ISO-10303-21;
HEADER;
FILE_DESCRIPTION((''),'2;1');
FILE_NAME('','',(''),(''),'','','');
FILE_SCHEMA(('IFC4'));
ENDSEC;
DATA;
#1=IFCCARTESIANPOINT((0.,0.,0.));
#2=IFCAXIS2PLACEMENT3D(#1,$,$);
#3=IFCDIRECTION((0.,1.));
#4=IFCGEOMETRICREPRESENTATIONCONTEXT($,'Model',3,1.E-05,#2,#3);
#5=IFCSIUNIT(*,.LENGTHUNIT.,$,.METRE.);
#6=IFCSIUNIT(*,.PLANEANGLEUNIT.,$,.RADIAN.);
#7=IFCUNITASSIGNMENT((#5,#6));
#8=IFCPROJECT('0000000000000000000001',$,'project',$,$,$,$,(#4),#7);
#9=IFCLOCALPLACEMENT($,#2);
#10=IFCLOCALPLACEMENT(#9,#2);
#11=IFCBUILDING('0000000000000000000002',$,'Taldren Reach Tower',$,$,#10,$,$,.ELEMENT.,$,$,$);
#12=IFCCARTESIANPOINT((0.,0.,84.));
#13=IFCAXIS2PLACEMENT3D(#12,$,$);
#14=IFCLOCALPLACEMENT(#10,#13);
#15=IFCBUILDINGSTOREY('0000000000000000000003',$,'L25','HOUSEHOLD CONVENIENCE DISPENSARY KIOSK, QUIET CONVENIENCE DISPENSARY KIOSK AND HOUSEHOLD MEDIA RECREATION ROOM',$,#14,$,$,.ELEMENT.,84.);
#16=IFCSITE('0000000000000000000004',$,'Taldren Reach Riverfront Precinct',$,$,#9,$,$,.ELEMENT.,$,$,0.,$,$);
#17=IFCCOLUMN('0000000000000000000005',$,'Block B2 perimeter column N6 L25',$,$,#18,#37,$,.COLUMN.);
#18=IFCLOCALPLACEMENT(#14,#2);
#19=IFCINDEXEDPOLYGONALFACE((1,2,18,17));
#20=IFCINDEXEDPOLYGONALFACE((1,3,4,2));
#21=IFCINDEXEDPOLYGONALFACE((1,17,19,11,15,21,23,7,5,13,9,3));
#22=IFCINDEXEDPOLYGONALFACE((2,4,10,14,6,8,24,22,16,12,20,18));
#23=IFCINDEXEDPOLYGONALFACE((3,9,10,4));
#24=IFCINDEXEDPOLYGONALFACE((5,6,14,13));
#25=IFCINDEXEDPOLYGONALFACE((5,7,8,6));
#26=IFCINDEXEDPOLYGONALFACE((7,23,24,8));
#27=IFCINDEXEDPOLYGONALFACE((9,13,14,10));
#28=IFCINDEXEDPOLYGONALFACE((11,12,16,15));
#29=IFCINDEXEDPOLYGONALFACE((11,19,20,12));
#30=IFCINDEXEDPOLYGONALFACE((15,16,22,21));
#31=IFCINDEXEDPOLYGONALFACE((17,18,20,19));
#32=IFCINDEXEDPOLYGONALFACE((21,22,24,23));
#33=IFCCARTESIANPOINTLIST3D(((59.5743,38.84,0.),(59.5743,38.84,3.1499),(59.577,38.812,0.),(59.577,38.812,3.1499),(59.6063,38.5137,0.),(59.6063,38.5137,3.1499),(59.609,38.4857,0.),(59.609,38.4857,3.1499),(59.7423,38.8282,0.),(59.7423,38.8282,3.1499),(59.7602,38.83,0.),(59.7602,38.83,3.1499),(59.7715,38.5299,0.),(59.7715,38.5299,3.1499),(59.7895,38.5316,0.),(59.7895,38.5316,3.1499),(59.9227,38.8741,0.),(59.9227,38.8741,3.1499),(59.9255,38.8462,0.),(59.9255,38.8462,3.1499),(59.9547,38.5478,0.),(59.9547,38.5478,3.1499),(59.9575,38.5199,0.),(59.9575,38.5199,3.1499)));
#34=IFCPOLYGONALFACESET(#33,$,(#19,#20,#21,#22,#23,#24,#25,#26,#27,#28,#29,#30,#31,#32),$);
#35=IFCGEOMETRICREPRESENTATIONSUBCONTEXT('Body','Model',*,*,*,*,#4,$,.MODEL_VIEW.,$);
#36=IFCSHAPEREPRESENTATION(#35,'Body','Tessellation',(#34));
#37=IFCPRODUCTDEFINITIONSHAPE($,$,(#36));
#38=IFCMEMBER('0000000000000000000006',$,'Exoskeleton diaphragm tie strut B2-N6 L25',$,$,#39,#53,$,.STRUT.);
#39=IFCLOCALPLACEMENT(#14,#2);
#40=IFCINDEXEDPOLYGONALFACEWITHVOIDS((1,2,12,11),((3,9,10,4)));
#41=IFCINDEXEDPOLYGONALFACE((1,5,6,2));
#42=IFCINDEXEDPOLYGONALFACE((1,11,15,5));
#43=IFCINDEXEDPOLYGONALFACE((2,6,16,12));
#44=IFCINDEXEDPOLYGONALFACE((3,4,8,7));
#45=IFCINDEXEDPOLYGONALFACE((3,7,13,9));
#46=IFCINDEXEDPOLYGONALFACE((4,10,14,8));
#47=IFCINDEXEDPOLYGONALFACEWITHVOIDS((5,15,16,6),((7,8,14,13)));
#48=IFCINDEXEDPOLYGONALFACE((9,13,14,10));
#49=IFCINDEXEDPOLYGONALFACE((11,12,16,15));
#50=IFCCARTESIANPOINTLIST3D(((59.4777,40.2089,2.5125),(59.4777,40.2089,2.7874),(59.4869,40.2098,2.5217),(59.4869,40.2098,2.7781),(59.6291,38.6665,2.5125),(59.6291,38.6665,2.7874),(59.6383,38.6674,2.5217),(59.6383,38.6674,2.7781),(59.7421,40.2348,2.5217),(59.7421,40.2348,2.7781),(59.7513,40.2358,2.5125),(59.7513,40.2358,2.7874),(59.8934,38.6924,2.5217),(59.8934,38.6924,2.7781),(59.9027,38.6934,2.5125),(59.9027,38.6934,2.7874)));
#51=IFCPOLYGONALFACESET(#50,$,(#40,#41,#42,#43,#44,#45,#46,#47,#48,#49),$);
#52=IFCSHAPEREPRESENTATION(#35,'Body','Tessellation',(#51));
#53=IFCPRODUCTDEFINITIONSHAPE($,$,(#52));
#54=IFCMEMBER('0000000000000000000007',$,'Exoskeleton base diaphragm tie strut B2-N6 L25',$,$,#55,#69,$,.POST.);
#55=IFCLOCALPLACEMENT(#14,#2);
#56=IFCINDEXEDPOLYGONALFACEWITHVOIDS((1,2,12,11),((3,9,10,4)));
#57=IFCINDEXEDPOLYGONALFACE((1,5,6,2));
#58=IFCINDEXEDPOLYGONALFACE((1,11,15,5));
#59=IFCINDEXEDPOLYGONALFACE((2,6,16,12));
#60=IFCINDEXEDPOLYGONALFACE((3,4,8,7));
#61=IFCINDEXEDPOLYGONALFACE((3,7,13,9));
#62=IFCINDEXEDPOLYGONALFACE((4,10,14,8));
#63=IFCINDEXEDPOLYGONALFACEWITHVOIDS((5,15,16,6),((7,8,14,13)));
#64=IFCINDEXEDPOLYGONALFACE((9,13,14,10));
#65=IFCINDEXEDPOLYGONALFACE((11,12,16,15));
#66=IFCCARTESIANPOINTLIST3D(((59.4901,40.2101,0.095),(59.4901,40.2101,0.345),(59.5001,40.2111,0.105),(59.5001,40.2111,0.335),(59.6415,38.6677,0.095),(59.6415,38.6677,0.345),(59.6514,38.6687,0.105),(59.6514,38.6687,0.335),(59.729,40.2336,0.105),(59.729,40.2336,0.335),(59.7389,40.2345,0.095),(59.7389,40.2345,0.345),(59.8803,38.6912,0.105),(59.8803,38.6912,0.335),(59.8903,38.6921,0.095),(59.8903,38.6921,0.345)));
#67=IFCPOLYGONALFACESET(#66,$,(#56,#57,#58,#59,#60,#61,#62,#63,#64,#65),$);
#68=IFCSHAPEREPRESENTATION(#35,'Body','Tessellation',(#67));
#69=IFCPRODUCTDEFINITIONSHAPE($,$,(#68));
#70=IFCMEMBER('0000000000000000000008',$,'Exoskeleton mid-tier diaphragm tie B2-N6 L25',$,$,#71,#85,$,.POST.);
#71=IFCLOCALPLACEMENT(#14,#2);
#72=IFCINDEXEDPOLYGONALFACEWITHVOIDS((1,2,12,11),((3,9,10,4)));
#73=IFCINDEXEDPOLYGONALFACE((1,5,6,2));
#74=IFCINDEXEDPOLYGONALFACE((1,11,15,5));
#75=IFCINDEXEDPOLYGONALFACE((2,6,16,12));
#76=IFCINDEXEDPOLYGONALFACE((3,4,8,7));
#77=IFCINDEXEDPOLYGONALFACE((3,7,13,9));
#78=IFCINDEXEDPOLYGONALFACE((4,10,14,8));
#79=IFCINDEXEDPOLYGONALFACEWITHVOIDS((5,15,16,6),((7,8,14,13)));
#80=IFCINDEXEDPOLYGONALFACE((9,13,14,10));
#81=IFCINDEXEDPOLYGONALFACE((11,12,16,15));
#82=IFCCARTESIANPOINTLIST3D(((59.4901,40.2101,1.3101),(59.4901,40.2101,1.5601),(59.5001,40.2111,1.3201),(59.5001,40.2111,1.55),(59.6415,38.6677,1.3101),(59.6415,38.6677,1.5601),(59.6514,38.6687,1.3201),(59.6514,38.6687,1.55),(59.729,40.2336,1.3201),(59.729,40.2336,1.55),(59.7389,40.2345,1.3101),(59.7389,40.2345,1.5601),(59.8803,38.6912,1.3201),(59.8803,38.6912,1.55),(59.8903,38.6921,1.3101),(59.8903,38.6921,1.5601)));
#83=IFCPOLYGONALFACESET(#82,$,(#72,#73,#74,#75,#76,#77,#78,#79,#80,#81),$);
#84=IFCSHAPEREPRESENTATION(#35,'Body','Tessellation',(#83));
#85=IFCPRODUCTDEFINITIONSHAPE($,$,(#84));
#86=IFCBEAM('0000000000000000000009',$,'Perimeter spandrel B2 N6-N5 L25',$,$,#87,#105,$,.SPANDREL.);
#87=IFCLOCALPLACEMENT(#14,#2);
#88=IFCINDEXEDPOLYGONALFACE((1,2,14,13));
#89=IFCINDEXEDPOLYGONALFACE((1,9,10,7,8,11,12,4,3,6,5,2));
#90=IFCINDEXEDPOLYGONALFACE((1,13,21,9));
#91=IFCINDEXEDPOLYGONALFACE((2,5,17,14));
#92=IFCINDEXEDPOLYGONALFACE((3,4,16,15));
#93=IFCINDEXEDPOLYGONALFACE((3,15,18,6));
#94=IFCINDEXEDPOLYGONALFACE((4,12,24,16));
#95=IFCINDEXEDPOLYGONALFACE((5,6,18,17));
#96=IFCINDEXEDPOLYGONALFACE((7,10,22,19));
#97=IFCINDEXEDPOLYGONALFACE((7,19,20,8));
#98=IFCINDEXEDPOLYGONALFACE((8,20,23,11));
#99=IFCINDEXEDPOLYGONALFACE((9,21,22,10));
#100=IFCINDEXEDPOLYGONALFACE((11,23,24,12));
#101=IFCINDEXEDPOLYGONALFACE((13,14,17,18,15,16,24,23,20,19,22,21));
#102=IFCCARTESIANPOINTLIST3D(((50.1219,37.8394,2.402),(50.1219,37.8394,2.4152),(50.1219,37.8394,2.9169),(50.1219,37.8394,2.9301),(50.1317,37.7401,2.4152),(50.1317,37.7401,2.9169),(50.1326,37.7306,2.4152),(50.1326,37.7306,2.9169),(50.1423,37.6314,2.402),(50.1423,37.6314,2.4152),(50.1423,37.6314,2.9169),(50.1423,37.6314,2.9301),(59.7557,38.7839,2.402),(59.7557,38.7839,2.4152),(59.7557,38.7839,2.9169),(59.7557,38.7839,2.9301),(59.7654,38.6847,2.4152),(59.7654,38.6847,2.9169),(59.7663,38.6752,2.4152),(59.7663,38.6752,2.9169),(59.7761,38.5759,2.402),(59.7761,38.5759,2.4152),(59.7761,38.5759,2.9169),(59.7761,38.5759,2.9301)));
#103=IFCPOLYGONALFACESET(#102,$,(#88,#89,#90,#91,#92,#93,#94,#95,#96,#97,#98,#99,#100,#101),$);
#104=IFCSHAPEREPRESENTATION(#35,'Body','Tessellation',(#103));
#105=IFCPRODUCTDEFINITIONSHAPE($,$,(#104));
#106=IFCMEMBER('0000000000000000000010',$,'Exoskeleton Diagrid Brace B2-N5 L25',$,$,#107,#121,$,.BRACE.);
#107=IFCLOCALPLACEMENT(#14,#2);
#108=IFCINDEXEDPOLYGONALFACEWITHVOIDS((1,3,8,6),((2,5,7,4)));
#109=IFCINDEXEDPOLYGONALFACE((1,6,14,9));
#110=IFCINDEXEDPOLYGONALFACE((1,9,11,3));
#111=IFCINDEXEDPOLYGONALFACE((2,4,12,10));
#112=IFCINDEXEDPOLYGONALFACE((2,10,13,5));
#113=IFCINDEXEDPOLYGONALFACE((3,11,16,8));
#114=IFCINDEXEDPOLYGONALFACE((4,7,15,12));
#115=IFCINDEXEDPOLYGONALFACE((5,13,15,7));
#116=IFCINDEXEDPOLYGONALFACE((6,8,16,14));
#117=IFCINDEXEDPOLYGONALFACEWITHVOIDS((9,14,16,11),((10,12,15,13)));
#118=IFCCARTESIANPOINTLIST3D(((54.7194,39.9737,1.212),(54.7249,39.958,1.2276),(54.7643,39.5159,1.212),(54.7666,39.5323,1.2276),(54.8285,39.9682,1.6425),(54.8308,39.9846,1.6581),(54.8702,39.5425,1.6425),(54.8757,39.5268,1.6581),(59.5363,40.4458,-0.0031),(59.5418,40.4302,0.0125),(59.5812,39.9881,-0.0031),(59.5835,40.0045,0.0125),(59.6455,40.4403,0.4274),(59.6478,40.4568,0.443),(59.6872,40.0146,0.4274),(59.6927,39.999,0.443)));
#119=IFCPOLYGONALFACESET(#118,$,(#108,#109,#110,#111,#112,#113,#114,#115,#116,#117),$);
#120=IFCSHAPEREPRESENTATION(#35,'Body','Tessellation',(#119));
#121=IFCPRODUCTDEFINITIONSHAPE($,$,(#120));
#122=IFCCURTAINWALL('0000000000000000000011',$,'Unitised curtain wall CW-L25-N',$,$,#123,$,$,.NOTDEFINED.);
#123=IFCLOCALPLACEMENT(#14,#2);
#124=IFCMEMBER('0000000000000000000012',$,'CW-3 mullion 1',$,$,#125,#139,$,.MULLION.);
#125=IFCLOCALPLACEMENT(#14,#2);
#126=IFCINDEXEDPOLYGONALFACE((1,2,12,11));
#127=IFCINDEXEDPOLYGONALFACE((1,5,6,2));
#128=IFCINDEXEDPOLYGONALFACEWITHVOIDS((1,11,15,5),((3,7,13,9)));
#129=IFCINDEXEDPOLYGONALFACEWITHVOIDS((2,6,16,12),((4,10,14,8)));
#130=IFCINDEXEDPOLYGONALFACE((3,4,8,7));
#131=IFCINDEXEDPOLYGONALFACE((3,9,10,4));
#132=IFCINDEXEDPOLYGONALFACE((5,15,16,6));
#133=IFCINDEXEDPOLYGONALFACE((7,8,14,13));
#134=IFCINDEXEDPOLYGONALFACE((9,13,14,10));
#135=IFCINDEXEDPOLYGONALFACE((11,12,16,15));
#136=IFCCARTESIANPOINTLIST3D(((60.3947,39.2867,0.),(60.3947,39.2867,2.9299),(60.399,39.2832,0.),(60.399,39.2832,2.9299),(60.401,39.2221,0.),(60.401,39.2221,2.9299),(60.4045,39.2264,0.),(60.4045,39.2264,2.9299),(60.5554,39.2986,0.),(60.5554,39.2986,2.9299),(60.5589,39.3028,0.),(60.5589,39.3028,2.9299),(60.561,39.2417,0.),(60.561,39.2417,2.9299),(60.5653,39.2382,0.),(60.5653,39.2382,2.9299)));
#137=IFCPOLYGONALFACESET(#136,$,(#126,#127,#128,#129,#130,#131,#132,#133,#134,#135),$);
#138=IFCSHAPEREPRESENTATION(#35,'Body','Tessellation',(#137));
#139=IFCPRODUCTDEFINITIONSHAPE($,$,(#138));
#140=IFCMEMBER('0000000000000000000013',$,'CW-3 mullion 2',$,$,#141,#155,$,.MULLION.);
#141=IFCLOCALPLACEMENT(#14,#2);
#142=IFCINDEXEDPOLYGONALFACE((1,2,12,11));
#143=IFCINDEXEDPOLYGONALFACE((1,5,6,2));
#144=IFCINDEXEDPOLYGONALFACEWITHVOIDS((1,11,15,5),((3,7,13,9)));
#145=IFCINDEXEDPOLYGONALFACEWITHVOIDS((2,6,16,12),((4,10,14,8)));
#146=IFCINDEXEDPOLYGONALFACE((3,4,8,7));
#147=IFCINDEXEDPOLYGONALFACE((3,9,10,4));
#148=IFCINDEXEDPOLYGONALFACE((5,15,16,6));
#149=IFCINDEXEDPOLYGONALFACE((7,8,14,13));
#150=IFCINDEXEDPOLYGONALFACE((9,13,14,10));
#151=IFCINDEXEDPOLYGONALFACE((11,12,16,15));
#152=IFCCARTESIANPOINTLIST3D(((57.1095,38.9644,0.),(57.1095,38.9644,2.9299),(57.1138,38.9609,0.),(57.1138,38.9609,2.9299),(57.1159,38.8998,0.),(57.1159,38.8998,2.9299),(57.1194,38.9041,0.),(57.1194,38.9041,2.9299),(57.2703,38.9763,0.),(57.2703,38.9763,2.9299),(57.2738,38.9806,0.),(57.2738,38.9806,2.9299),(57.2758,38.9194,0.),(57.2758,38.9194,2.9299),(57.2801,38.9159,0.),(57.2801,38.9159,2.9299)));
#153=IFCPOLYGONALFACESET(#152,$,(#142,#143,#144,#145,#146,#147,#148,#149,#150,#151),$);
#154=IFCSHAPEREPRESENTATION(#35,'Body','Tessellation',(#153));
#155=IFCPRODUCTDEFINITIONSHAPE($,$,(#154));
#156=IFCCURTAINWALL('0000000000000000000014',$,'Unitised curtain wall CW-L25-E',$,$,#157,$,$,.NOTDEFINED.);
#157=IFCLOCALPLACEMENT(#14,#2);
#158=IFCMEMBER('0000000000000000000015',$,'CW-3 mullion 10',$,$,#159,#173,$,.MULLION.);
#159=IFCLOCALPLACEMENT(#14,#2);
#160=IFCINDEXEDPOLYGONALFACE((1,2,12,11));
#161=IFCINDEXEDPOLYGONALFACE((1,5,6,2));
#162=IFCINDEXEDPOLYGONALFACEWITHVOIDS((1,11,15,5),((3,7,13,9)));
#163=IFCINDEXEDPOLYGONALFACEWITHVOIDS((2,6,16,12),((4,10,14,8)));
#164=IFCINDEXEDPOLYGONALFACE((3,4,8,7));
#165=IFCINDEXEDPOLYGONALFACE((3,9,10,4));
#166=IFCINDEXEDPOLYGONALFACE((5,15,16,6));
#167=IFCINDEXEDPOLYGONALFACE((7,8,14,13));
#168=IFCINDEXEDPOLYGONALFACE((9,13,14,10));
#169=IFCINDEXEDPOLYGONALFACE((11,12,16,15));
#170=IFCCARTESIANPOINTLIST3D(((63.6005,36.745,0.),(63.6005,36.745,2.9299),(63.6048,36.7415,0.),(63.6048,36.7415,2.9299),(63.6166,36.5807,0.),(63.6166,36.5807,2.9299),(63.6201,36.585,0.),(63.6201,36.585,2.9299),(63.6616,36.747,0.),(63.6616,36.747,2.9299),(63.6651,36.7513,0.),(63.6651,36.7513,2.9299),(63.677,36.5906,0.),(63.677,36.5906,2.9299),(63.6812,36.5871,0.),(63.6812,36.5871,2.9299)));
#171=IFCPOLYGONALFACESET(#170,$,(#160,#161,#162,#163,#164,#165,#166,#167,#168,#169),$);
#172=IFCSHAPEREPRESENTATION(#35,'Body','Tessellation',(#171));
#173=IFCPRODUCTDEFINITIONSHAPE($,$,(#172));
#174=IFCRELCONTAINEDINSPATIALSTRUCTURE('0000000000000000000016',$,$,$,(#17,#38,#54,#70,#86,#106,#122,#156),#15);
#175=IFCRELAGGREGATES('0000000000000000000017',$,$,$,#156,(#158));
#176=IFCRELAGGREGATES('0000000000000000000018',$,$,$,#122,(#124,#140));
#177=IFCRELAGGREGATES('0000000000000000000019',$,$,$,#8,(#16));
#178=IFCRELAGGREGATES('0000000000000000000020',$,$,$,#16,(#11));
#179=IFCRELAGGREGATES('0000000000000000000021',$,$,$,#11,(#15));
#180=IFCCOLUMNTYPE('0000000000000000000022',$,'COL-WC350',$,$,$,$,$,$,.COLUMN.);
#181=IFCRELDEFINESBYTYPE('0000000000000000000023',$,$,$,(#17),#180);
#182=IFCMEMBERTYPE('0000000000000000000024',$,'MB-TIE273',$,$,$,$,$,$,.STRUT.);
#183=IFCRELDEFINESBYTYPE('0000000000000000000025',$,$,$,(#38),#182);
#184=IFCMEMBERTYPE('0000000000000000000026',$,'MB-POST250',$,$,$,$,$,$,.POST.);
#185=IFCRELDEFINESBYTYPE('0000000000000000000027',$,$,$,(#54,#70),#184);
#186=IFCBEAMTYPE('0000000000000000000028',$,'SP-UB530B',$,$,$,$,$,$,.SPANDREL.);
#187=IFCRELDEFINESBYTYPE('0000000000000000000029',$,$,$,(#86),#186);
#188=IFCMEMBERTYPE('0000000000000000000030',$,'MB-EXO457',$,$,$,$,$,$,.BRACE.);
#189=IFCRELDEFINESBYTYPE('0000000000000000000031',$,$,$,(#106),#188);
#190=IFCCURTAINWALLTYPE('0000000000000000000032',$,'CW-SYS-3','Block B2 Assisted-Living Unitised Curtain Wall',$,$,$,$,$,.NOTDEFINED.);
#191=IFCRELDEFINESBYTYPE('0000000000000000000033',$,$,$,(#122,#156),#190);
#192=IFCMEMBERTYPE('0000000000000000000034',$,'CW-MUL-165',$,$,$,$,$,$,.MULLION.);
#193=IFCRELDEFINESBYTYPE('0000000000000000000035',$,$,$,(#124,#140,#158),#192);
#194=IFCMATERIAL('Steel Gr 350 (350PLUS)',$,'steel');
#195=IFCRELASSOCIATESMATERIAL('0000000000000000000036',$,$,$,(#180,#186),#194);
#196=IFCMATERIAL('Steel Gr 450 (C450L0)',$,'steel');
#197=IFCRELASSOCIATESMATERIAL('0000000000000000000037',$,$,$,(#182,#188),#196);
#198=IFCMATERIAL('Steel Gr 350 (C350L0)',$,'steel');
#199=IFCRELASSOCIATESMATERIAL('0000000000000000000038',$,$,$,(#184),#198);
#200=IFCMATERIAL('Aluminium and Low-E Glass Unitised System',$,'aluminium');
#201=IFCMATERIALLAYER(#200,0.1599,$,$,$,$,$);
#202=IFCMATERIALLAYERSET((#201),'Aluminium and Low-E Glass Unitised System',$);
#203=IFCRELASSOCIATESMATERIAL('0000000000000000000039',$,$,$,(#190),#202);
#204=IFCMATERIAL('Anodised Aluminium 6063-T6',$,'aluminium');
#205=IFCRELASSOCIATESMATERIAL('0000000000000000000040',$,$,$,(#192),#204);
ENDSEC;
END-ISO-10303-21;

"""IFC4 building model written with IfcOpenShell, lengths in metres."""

from ifc_helpers import new_model, si_unit, direction, frame, origin, origin_2d, place, context, subcontext, project, spatial, hollow_rectangle, i_section, extrude, source, transform, mapped, material, layer, layer_set, material_profile, profile_set, type_object, element, aggregate, save


model = new_model("IFC4")

# Units and contexts
model_context = context("Model", 3, precision=1e-05, world=origin(), true_north=direction((0.0, 1.0)))
body_context = subcontext(model_context, "Body", "Model", "MODEL_VIEW")
ifc_project = project(units=[si_unit("LENGTHUNIT", "METRE"), si_unit("PLANEANGLEUNIT", "RADIAN")], contexts=[model_context])

# Site, building, storey
site_placement = place(None, origin())
site = spatial("IfcSite", under=ifc_project, at=site_placement, Name="Taldren Reach Riverfront Precinct", CompositionType="ELEMENT", RefElevation=0.0)
building_placement = place(site_placement, origin())
building = spatial("IfcBuilding", under=site, at=building_placement, Name="Taldren Reach Tower", CompositionType="ELEMENT")
storey_placement = place(building_placement, frame((0.0, 0.0, 84.0)))
storey = spatial("IfcBuildingStorey", under=building, at=storey_placement, Name="L25", Description="HOUSEHOLD CONVENIENCE DISPENSARY KIOSK, QUIET CONVENIENCE DISPENSARY KIOSK AND HOUSEHOLD MEDIA RECREATION ROOM", CompositionType="ELEMENT", Elevation=84.0)

# Column
ifc_material_1 = material(Name="Steel Gr 350 (350PLUS)", Category="steel")
ifc_material_profile_1 = material_profile(ifc_material_1, i_section(OverallWidth=0.3501, OverallDepth=0.356, WebThickness=0.0181, FlangeThickness=0.0281, at=origin_2d()), Name="350WC197")
ifc_profile_set_1 = profile_set([ifc_material_profile_1], Name="Steel Gr 350 (350PLUS)")
column_type = type_object("IfcColumnType", Name="COL-WC350", PredefinedType="COLUMN", material=ifc_profile_set_1)
shared_shape_1 = source(origin(), body_context, "Body", "SweptSolid", [
    extrude(i_section(OverallWidth=0.3501, OverallDepth=0.356, WebThickness=0.0181, FlangeThickness=0.0281, at=origin_2d()), origin(), (0.0, 0.0, 1.0), 3.1499),
])
column_placement = place(storey_placement, frame((59.7659, 38.6799, 0.0), z_axis=(0.0, 0.0, 1.0), x_axis=(0.995227, 0.097583, 0.0)))
element("IfcColumn", 1, at=column_placement, inside=storey, type_object=column_type, Name="Block B2 perimeter column N6 L25", PredefinedType="COLUMN", context=body_context, shape_type="MappedRepresentation", body=[
    mapped(shared_shape_1, transform((0.0, 0.0, 0.0), scale=1.0)),
])

# Members
ifc_material_2 = material(Name="Steel Gr 450 (C450L0)", Category="steel")
ifc_material_profile_2 = material_profile(ifc_material_2, hollow_rectangle(XDim=0.2749, YDim=0.2749, WallThickness=0.0093, at=origin_2d()), Name="275x275x9.3SHS")
ifc_profile_set_2 = profile_set([ifc_material_profile_2], Name="Steel Gr 450 (C450L0)")
member_type_1 = type_object("IfcMemberType", Name="MB-TIE273", PredefinedType="STRUT", material=ifc_profile_set_2)
shared_shape_2 = source(origin(), body_context, "Body", "SweptSolid", [
    extrude(hollow_rectangle(XDim=0.2749, YDim=0.2749, WallThickness=0.0093, at=origin_2d()), origin(), (0.0, 0.0, 1.0), 1.5498),
])
member_1_placement = place(storey_placement, frame((59.7659, 38.6799, 2.6499), z_axis=(-0.097663, 0.99522, 0.0), x_axis=(-0.99522, -0.097663, 0.0)))
element("IfcMember", 2, at=member_1_placement, inside=storey, type_object=member_type_1, Name="Exoskeleton diaphragm tie strut B2-N6 L25", PredefinedType="STRUT", context=body_context, shape_type="MappedRepresentation", body=[
    mapped(shared_shape_2, transform((0.0, 0.0, 0.0), scale=1.0)),
])
ifc_material_3 = material(Name="Steel Gr 350 (C350L0)", Category="steel")
ifc_material_profile_3 = material_profile(ifc_material_3, hollow_rectangle(XDim=0.25, YDim=0.25, WallThickness=0.01, at=origin_2d()), Name="250x250x10.0SHS")
ifc_profile_set_3 = profile_set([ifc_material_profile_3], Name="Steel Gr 350 (C350L0)")
member_type_2 = type_object("IfcMemberType", Name="MB-POST250", PredefinedType="POST", material=ifc_profile_set_3)
shared_shape_3 = source(origin(), body_context, "Body", "SweptSolid", [
    extrude(hollow_rectangle(XDim=0.25, YDim=0.25, WallThickness=0.01, at=origin_2d()), origin(), (0.0, 0.0, 1.0), 1.5498),
])
for number, where, z_axis, x_axis, name in (
    (3, (59.7659, 38.6799, 0.22), (-0.097663, 0.99522, 0.0), (-0.99522, -0.097663, 0.0), "Exoskeleton base diaphragm tie strut B2-N6 L25"),
    (4, (59.7659, 38.6799, 1.4351), (-0.097663, 0.99522, 0.0), (-0.99522, -0.097663, 0.0), "Exoskeleton mid-tier diaphragm tie B2-N6 L25"),
):
    element("IfcMember", number, at=place(storey_placement, frame(where, z_axis=z_axis, x_axis=x_axis)), inside=storey, type_object=member_type_2, Name=name, PredefinedType="POST", context=body_context, shape_type="MappedRepresentation", body=[
        mapped(shared_shape_3, transform((0.0, 0.0, 0.0), scale=1.0)),
    ])

# Beam
ifc_material_profile_4 = material_profile(ifc_material_1, i_section(OverallWidth=0.209, OverallDepth=0.5281, WebThickness=0.0095, FlangeThickness=0.0132, at=origin_2d()), Name="530UB82.0")
ifc_profile_set_4 = profile_set([ifc_material_profile_4], Name="Steel Gr 350 (350PLUS)")
beam_type = type_object("IfcBeamType", Name="SP-UB530B", PredefinedType="SPANDREL", material=ifc_profile_set_4)
shared_shape_4 = source(origin(), body_context, "Body", "SweptSolid", [
    extrude(i_section(OverallWidth=0.209, OverallDepth=0.5281, WebThickness=0.0095, FlangeThickness=0.0132, at=origin_2d()), origin(), (0.0, 0.0, 1.0), 9.6799),
])
beam_placement = place(storey_placement, frame((59.7659, 38.6799, 2.666), z_axis=(-0.995228, -0.097581, 0.0), x_axis=(0.097581, -0.995228, 0.0)))
element("IfcBeam", 5, at=beam_placement, inside=storey, type_object=beam_type, Name="Perimeter spandrel B2 N6-N5 L25", PredefinedType="SPANDREL", context=body_context, shape_type="MappedRepresentation", body=[
    mapped(shared_shape_4, transform((0.0, 0.0, 0.0), scale=1.0)),
])

# Member
ifc_material_profile_5 = material_profile(ifc_material_2, hollow_rectangle(XDim=0.46, YDim=0.46, WallThickness=0.0161, at=origin_2d()), Name="460x460x16.0SHS")
ifc_profile_set_5 = profile_set([ifc_material_profile_5], Name="Steel Gr 450 (C450L0)")
member_type_3 = type_object("IfcMemberType", Name="MB-EXO457", PredefinedType="BRACE", material=ifc_profile_set_5)
shared_shape_5 = source(origin(), body_context, "Body", "SweptSolid", [
    extrude(hollow_rectangle(XDim=0.46, YDim=0.46, WallThickness=0.0161, at=origin_2d()), origin(), (0.0, 0.0, 1.0), 4.9902),
])
member_2_placement = place(storey_placement, frame((59.6145, 40.2224, 0.22), z_axis=(-0.965276, -0.09462, 0.243496), x_axis=(0.097556, -0.99523, 0.0)))
element("IfcMember", 6, at=member_2_placement, inside=storey, type_object=member_type_3, Name="Exoskeleton Diagrid Brace B2-N5 L25", PredefinedType="BRACE", context=body_context, shape_type="MappedRepresentation", body=[
    mapped(shared_shape_5, transform((0.0, 0.0, 0.0), scale=1.0)),
])

# Curtain wall, members
ifc_material_4 = material(Name="Aluminium and Low-E Glass Unitised System", Category="aluminium")
ifc_layer_1 = layer(ifc_material_4, 0.1599)
ifc_layer_set_1 = layer_set([ifc_layer_1], Name="Aluminium and Low-E Glass Unitised System")
curtain_wall_type = type_object("IfcCurtainWallType", Name="CW-SYS-3", Description="Block B2 Assisted-Living Unitised Curtain Wall", PredefinedType="NOTDEFINED", material=ifc_layer_set_1)
curtain_wall_1_placement = place(storey_placement, origin())
curtain_wall_1 = element("IfcCurtainWall", 7, at=curtain_wall_1_placement, inside=storey, type_object=curtain_wall_type, Name="Unitised curtain wall CW-L25-N", PredefinedType="NOTDEFINED")
ifc_material_5 = material(Name="Anodised Aluminium 6063-T6", Category="aluminium")
ifc_material_profile_6 = material_profile(ifc_material_5, hollow_rectangle(XDim=0.0649, YDim=0.165, WallThickness=0.0039, at=origin_2d()), Name="ALU-165x65x4RHS")
ifc_profile_set_6 = profile_set([ifc_material_profile_6], Name="Anodised Aluminium 6063-T6")
member_type_4 = type_object("IfcMemberType", Name="CW-MUL-165", PredefinedType="MULLION", material=ifc_profile_set_6)
shared_shape_6 = source(origin(), body_context, "Body", "SweptSolid", [
    extrude(hollow_rectangle(XDim=0.0649, YDim=0.165, WallThickness=0.0039, at=origin_2d()), origin(), (0.0, 0.0, 1.0), 2.9299),
])
member_3_placement = place(storey_placement, frame((60.48, 39.2625, 0.0), z_axis=(0.0, 0.0, 1.0), x_axis=(0.097583, -0.995227, 0.0)))
member_3 = element("IfcMember", 8, at=member_3_placement, type_object=member_type_4, Name="CW-3 mullion 1", PredefinedType="MULLION", context=body_context, shape_type="MappedRepresentation", body=[
    mapped(shared_shape_6, transform((0.0, 0.0, 0.0), scale=1.0)),
])
member_4_placement = place(storey_placement, frame((57.1948, 38.9402, 0.0), z_axis=(0.0, 0.0, 1.0), x_axis=(0.097583, -0.995227, 0.0)))
member_4 = element("IfcMember", 9, at=member_4_placement, type_object=member_type_4, Name="CW-3 mullion 2", PredefinedType="MULLION", context=body_context, shape_type="MappedRepresentation", body=[
    mapped(shared_shape_6, transform((0.0, 0.0, 0.0), scale=1.0)),
])

# Curtain wall, member
curtain_wall_2_placement = place(storey_placement, origin())
curtain_wall_2 = element("IfcCurtainWall", 10, at=curtain_wall_2_placement, inside=storey, type_object=curtain_wall_type, Name="Unitised curtain wall CW-L25-E", PredefinedType="NOTDEFINED")
member_5_placement = place(storey_placement, frame((63.6409, 36.666, 0.0), z_axis=(0.0, 0.0, 1.0), x_axis=(-0.995227, -0.097583, 0.0)))
member_5 = element("IfcMember", 11, at=member_5_placement, type_object=member_type_4, Name="CW-3 mullion 10", PredefinedType="MULLION", context=body_context, shape_type="MappedRepresentation", body=[
    mapped(shared_shape_6, transform((0.0, 0.0, 0.0), scale=1.0)),
])
aggregate(curtain_wall_2, [member_5])

aggregate(curtain_wall_1, [member_3, member_4])

save(model, "model.ifc")
